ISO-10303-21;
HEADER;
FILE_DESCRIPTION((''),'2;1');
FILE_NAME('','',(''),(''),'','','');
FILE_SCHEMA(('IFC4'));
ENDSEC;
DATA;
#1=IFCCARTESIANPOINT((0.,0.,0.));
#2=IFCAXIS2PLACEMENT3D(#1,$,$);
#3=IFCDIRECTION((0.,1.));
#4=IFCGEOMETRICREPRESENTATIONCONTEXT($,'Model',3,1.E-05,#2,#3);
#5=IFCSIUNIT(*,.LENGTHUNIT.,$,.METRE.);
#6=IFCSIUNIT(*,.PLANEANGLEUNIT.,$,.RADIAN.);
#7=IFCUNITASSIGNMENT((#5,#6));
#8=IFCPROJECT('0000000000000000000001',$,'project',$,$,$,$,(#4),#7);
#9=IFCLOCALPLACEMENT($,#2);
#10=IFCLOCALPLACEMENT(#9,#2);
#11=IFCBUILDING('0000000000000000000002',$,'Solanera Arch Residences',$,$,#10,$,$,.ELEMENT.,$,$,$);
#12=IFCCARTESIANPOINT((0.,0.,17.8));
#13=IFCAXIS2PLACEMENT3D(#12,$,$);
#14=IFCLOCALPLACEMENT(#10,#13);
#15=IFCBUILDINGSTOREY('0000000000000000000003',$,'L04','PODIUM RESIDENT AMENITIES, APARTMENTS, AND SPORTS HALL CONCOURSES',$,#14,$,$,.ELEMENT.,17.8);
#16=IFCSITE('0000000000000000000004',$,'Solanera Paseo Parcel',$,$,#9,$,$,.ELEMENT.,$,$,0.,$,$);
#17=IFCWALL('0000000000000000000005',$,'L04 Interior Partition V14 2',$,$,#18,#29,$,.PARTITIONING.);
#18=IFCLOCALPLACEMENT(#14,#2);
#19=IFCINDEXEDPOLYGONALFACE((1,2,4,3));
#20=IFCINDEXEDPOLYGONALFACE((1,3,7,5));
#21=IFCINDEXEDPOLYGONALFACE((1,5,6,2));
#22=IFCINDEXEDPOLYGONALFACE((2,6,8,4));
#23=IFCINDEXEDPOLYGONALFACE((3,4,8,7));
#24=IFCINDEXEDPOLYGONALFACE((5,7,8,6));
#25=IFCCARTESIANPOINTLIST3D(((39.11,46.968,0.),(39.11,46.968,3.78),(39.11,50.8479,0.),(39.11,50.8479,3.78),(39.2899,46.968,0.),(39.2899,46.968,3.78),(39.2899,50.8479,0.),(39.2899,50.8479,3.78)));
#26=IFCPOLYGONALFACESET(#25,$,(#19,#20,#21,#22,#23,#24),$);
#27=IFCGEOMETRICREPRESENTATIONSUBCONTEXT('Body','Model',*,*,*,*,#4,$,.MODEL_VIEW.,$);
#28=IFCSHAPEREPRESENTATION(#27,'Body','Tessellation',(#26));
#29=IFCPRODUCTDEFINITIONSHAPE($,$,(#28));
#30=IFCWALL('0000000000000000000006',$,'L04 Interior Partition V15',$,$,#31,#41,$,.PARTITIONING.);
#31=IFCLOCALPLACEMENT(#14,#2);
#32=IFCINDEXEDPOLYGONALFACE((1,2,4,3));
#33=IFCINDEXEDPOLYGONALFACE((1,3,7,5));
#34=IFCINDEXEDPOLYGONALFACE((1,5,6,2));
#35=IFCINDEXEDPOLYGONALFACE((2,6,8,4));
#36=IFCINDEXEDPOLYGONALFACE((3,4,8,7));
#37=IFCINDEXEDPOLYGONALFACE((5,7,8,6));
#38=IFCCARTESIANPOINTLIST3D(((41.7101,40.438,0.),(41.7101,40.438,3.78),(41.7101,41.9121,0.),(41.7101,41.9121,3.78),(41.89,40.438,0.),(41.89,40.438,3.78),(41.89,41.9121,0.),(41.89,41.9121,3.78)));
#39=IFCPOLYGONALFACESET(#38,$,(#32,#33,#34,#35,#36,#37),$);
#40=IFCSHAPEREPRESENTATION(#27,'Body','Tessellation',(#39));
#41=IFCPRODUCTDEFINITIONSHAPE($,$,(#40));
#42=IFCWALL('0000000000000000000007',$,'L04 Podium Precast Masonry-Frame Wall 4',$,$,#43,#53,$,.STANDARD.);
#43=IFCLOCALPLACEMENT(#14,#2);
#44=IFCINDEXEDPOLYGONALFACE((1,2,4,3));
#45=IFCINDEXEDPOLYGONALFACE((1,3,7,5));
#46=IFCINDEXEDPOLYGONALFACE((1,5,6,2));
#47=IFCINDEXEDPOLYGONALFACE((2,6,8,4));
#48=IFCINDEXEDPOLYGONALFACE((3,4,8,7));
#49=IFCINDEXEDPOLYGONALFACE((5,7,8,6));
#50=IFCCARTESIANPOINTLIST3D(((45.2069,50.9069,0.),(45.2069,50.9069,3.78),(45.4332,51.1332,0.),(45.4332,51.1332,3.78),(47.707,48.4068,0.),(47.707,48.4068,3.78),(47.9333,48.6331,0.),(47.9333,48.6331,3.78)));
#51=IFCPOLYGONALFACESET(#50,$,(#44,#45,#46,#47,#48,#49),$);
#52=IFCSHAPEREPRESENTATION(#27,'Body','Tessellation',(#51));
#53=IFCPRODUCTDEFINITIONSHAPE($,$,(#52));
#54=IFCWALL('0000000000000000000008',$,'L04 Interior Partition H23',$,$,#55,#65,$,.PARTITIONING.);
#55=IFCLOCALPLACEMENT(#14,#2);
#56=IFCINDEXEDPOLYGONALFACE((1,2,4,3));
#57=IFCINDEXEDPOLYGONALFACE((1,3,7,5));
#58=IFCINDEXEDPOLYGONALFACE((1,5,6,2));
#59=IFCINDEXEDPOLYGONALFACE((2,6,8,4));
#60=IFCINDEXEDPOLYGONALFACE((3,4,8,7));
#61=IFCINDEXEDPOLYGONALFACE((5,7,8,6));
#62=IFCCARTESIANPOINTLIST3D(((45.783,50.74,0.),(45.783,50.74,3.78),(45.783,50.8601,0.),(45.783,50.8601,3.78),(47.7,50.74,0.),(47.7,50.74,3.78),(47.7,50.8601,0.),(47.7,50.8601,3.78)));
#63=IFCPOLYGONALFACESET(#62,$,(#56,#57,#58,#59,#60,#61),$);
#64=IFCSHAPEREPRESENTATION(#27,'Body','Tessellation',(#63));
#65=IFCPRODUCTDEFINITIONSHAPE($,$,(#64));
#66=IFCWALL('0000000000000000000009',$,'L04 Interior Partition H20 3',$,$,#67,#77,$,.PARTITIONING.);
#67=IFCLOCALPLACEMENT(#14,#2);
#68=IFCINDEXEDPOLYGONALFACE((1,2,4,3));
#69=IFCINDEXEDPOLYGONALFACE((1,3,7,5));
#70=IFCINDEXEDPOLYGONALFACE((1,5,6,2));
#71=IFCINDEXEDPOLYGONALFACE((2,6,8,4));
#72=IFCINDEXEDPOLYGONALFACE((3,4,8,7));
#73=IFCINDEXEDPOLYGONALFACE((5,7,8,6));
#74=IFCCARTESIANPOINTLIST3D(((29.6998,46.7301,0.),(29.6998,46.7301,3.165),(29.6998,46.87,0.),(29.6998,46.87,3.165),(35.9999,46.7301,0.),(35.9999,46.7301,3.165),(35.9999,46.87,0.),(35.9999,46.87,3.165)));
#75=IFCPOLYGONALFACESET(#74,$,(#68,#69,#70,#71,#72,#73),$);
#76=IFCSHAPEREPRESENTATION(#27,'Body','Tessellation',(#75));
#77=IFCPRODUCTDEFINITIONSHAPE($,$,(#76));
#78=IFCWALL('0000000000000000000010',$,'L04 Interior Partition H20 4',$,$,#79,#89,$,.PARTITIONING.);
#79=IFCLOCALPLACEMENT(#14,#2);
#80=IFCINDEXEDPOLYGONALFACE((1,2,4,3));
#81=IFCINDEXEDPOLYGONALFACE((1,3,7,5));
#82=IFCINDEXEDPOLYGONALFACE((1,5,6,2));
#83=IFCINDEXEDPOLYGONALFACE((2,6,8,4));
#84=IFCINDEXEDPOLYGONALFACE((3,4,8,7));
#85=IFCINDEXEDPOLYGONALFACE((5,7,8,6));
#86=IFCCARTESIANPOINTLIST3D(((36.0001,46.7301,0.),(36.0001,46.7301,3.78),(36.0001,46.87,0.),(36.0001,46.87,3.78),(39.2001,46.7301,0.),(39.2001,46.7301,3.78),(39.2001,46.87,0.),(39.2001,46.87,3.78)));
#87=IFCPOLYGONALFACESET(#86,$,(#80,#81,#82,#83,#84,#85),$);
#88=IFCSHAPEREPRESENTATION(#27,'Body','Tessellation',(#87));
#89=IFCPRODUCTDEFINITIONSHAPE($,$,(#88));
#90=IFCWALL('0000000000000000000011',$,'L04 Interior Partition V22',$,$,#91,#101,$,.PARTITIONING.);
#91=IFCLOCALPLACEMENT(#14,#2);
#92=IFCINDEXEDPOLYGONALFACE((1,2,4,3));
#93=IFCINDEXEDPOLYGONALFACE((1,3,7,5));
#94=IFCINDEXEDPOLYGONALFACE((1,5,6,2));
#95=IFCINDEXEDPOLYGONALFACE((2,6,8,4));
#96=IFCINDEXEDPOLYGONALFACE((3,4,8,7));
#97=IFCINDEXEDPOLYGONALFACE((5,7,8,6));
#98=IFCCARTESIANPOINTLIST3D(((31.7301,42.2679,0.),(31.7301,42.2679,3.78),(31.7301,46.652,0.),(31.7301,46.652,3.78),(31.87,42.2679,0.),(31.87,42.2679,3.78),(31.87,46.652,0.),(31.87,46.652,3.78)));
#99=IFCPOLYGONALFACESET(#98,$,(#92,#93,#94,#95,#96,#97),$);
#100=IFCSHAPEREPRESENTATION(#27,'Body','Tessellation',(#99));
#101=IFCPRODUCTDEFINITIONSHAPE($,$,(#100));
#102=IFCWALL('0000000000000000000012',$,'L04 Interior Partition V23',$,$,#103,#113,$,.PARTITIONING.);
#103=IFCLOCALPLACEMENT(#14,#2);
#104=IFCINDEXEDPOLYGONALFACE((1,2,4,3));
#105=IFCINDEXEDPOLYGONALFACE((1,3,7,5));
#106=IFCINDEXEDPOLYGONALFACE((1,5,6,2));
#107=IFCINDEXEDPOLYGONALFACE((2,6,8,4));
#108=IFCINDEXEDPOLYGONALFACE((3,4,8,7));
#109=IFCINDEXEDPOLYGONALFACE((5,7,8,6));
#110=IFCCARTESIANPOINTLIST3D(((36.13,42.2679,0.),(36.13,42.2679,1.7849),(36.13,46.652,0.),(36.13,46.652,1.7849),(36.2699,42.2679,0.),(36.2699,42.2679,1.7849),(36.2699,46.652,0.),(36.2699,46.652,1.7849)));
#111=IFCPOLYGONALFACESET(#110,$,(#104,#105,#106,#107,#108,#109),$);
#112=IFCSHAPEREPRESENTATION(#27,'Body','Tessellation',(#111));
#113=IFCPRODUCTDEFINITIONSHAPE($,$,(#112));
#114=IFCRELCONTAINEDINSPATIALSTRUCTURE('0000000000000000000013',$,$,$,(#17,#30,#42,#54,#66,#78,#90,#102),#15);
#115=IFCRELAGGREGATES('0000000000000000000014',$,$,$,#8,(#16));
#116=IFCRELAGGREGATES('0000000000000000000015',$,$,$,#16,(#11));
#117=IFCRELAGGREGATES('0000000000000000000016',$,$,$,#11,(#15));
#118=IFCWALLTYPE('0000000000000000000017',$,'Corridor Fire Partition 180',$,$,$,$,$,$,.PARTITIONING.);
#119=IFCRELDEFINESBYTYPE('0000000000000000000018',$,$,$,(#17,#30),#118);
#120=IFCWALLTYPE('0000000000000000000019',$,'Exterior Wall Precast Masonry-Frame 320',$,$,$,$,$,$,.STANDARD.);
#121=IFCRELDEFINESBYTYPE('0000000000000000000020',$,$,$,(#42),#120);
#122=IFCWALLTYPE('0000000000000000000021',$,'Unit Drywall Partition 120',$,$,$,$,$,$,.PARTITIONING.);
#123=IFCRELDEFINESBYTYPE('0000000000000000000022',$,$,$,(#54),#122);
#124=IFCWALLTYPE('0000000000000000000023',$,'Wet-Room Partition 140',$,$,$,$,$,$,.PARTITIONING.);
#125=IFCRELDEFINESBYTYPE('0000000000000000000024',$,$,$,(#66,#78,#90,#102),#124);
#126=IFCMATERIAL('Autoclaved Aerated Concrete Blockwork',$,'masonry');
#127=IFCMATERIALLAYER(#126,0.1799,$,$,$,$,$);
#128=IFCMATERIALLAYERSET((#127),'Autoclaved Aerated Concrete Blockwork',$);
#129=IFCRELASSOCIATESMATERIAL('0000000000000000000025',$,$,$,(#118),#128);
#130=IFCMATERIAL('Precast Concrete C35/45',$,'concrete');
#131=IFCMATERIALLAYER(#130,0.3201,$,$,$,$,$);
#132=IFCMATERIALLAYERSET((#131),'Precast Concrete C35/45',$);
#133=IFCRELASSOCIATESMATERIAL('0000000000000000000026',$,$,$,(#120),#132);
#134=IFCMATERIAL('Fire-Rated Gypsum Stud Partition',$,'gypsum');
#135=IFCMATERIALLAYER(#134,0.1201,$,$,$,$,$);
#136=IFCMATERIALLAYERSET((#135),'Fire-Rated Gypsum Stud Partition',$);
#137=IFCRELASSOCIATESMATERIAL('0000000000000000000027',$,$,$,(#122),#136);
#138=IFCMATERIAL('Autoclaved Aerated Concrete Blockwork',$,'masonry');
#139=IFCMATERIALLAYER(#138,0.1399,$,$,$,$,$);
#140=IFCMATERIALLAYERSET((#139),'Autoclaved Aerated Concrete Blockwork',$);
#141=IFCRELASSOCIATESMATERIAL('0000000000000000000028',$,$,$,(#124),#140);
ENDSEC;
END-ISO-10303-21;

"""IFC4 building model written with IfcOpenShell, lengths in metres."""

from ifc_helpers import new_model, si_unit, direction, frame, frame_2d, origin, place, context, subcontext, project, spatial, rectangle, extrude, material, layer, layer_set, type_object, element, save


model = new_model("IFC4")

# Units and contexts
model_context = context("Model", 3, precision=1e-05, world=origin(), true_north=direction((0.0, 1.0)))
body_context = subcontext(model_context, "Body", "Model", "MODEL_VIEW")
ifc_project = project(units=[si_unit("LENGTHUNIT", "METRE"), si_unit("PLANEANGLEUNIT", "RADIAN")], contexts=[model_context])

# Site, building, storey
site_placement = place(None, origin())
site = spatial("IfcSite", under=ifc_project, at=site_placement, Name="Solanera Paseo Parcel", CompositionType="ELEMENT", RefElevation=0.0)
building_placement = place(site_placement, origin())
building = spatial("IfcBuilding", under=site, at=building_placement, Name="Solanera Arch Residences", CompositionType="ELEMENT")
storey_placement = place(building_placement, frame((0.0, 0.0, 17.8)))
storey = spatial("IfcBuildingStorey", under=building, at=storey_placement, Name="L04", Description="PODIUM RESIDENT AMENITIES, APARTMENTS, AND SPORTS HALL CONCOURSES", CompositionType="ELEMENT", Elevation=17.8)

# Walls
ifc_material_1 = material(Name="Autoclaved Aerated Concrete Blockwork", Category="masonry")
ifc_layer_1 = layer(ifc_material_1, 0.1799)
ifc_layer_set_1 = layer_set([ifc_layer_1], Name="Autoclaved Aerated Concrete Blockwork")
wall_type_1 = type_object("IfcWallType", Name="Corridor Fire Partition 180", PredefinedType="PARTITIONING", material=ifc_layer_set_1)
wall_1_placement = place(storey_placement, frame((39.2, 46.968, 0.0), z_axis=(0.0, 0.0, 1.0), x_axis=(0.0, 1.0, 0.0)))
element("IfcWall", 1, at=wall_1_placement, inside=storey, type_object=wall_type_1, Name="L04 Interior Partition V14 2", PredefinedType="PARTITIONING", context=body_context, shape_type="SweptSolid", body=[
    extrude(rectangle(XDim=3.8799, YDim=0.1799, at=frame_2d((1.9399, 0.0))), origin(), (0.0, 0.0, 1.0), 3.78),
])
wall_2_placement = place(storey_placement, frame((41.8, 40.438, 0.0), z_axis=(0.0, 0.0, 1.0), x_axis=(0.0, 1.0, 0.0)))
element("IfcWall", 2, at=wall_2_placement, inside=storey, type_object=wall_type_1, Name="L04 Interior Partition V15", PredefinedType="PARTITIONING", context=body_context, shape_type="SweptSolid", body=[
    extrude(rectangle(XDim=1.4741, YDim=0.1799, at=frame_2d((0.7371, 0.0))), origin(), (0.0, 0.0, 1.0), 3.78),
])
ifc_material_2 = material(Name="Precast Concrete C35/45", Category="concrete")
ifc_layer_2 = layer(ifc_material_2, 0.3201)
ifc_layer_set_2 = layer_set([ifc_layer_2], Name="Precast Concrete C35/45")
wall_type_2 = type_object("IfcWallType", Name="Exterior Wall Precast Masonry-Frame 320", PredefinedType="STANDARD", material=ifc_layer_set_2)
wall_3_placement = place(storey_placement, frame((45.3201, 51.02, 0.0), z_axis=(0.0, 0.0, 1.0), x_axis=(0.707107, -0.707107, 0.0)))
element("IfcWall", 3, at=wall_3_placement, inside=storey, type_object=wall_type_2, Name="L04 Podium Precast Masonry-Frame Wall 4", PredefinedType="STANDARD", context=body_context, shape_type="SweptSolid", body=[
    extrude(rectangle(XDim=3.5356, YDim=0.3201, at=frame_2d((1.7678, 0.0))), origin(), (0.0, 0.0, 1.0), 3.78),
])
ifc_material_3 = material(Name="Fire-Rated Gypsum Stud Partition", Category="gypsum")
ifc_layer_3 = layer(ifc_material_3, 0.1201)
ifc_layer_set_3 = layer_set([ifc_layer_3], Name="Fire-Rated Gypsum Stud Partition")
wall_type_3 = type_object("IfcWallType", Name="Unit Drywall Partition 120", PredefinedType="PARTITIONING", material=ifc_layer_set_3)
wall_4_placement = place(storey_placement, frame((45.783, 50.8, 0.0), z_axis=(0.0, 0.0, 1.0), x_axis=(1.0, 0.0, 0.0)))
element("IfcWall", 4, at=wall_4_placement, inside=storey, type_object=wall_type_3, Name="L04 Interior Partition H23", PredefinedType="PARTITIONING", context=body_context, shape_type="SweptSolid", body=[
    extrude(rectangle(XDim=1.917, YDim=0.1201, at=frame_2d((0.9585, 0.0))), origin(), (0.0, 0.0, 1.0), 3.78),
])
ifc_material_4 = material(Name="Autoclaved Aerated Concrete Blockwork", Category="masonry")
ifc_layer_4 = layer(ifc_material_4, 0.1399)
ifc_layer_set_4 = layer_set([ifc_layer_4], Name="Autoclaved Aerated Concrete Blockwork")
wall_type_4 = type_object("IfcWallType", Name="Wet-Room Partition 140", PredefinedType="PARTITIONING", material=ifc_layer_set_4)
wall_5_placement = place(storey_placement, frame((29.7, 46.8, 0.0), z_axis=(0.0, 0.0, 1.0), x_axis=(1.0, 0.0, 0.0)))
element("IfcWall", 5, at=wall_5_placement, inside=storey, type_object=wall_type_4, Name="L04 Interior Partition H20 3", PredefinedType="PARTITIONING", context=body_context, shape_type="SweptSolid", body=[
    extrude(rectangle(XDim=6.3, YDim=0.1399, at=frame_2d((3.1499, 0.0))), origin(), (0.0, 0.0, 1.0), 3.165),
])
wall_6_placement = place(storey_placement, frame((36.0, 46.8, 0.0), z_axis=(0.0, 0.0, 1.0), x_axis=(1.0, 0.0, 0.0)))
element("IfcWall", 6, at=wall_6_placement, inside=storey, type_object=wall_type_4, Name="L04 Interior Partition H20 4", PredefinedType="PARTITIONING", context=body_context, shape_type="SweptSolid", body=[
    extrude(rectangle(XDim=3.2, YDim=0.1399, at=frame_2d((1.6001, 0.0))), origin(), (0.0, 0.0, 1.0), 3.78),
])
wall_7_placement = place(storey_placement, frame((31.8, 42.2681, 0.0), z_axis=(0.0, 0.0, 1.0), x_axis=(0.0, 1.0, 0.0)))
element("IfcWall", 7, at=wall_7_placement, inside=storey, type_object=wall_type_4, Name="L04 Interior Partition V22", PredefinedType="PARTITIONING", context=body_context, shape_type="SweptSolid", body=[
    extrude(rectangle(XDim=4.384, YDim=0.1399, at=frame_2d((2.1919, 0.0))), origin(), (0.0, 0.0, 1.0), 3.78),
])
wall_8_placement = place(storey_placement, frame((36.2, 42.2681, 0.0), z_axis=(0.0, 0.0, 1.0), x_axis=(0.0, 1.0, 0.0)))
element("IfcWall", 8, at=wall_8_placement, inside=storey, type_object=wall_type_4, Name="L04 Interior Partition V23", PredefinedType="PARTITIONING", context=body_context, shape_type="SweptSolid", body=[
    extrude(rectangle(XDim=4.384, YDim=0.1399, at=frame_2d((2.1919, 0.0))), origin(), (0.0, 0.0, 1.0), 1.7849),
])

save(model, "model.ifc")
